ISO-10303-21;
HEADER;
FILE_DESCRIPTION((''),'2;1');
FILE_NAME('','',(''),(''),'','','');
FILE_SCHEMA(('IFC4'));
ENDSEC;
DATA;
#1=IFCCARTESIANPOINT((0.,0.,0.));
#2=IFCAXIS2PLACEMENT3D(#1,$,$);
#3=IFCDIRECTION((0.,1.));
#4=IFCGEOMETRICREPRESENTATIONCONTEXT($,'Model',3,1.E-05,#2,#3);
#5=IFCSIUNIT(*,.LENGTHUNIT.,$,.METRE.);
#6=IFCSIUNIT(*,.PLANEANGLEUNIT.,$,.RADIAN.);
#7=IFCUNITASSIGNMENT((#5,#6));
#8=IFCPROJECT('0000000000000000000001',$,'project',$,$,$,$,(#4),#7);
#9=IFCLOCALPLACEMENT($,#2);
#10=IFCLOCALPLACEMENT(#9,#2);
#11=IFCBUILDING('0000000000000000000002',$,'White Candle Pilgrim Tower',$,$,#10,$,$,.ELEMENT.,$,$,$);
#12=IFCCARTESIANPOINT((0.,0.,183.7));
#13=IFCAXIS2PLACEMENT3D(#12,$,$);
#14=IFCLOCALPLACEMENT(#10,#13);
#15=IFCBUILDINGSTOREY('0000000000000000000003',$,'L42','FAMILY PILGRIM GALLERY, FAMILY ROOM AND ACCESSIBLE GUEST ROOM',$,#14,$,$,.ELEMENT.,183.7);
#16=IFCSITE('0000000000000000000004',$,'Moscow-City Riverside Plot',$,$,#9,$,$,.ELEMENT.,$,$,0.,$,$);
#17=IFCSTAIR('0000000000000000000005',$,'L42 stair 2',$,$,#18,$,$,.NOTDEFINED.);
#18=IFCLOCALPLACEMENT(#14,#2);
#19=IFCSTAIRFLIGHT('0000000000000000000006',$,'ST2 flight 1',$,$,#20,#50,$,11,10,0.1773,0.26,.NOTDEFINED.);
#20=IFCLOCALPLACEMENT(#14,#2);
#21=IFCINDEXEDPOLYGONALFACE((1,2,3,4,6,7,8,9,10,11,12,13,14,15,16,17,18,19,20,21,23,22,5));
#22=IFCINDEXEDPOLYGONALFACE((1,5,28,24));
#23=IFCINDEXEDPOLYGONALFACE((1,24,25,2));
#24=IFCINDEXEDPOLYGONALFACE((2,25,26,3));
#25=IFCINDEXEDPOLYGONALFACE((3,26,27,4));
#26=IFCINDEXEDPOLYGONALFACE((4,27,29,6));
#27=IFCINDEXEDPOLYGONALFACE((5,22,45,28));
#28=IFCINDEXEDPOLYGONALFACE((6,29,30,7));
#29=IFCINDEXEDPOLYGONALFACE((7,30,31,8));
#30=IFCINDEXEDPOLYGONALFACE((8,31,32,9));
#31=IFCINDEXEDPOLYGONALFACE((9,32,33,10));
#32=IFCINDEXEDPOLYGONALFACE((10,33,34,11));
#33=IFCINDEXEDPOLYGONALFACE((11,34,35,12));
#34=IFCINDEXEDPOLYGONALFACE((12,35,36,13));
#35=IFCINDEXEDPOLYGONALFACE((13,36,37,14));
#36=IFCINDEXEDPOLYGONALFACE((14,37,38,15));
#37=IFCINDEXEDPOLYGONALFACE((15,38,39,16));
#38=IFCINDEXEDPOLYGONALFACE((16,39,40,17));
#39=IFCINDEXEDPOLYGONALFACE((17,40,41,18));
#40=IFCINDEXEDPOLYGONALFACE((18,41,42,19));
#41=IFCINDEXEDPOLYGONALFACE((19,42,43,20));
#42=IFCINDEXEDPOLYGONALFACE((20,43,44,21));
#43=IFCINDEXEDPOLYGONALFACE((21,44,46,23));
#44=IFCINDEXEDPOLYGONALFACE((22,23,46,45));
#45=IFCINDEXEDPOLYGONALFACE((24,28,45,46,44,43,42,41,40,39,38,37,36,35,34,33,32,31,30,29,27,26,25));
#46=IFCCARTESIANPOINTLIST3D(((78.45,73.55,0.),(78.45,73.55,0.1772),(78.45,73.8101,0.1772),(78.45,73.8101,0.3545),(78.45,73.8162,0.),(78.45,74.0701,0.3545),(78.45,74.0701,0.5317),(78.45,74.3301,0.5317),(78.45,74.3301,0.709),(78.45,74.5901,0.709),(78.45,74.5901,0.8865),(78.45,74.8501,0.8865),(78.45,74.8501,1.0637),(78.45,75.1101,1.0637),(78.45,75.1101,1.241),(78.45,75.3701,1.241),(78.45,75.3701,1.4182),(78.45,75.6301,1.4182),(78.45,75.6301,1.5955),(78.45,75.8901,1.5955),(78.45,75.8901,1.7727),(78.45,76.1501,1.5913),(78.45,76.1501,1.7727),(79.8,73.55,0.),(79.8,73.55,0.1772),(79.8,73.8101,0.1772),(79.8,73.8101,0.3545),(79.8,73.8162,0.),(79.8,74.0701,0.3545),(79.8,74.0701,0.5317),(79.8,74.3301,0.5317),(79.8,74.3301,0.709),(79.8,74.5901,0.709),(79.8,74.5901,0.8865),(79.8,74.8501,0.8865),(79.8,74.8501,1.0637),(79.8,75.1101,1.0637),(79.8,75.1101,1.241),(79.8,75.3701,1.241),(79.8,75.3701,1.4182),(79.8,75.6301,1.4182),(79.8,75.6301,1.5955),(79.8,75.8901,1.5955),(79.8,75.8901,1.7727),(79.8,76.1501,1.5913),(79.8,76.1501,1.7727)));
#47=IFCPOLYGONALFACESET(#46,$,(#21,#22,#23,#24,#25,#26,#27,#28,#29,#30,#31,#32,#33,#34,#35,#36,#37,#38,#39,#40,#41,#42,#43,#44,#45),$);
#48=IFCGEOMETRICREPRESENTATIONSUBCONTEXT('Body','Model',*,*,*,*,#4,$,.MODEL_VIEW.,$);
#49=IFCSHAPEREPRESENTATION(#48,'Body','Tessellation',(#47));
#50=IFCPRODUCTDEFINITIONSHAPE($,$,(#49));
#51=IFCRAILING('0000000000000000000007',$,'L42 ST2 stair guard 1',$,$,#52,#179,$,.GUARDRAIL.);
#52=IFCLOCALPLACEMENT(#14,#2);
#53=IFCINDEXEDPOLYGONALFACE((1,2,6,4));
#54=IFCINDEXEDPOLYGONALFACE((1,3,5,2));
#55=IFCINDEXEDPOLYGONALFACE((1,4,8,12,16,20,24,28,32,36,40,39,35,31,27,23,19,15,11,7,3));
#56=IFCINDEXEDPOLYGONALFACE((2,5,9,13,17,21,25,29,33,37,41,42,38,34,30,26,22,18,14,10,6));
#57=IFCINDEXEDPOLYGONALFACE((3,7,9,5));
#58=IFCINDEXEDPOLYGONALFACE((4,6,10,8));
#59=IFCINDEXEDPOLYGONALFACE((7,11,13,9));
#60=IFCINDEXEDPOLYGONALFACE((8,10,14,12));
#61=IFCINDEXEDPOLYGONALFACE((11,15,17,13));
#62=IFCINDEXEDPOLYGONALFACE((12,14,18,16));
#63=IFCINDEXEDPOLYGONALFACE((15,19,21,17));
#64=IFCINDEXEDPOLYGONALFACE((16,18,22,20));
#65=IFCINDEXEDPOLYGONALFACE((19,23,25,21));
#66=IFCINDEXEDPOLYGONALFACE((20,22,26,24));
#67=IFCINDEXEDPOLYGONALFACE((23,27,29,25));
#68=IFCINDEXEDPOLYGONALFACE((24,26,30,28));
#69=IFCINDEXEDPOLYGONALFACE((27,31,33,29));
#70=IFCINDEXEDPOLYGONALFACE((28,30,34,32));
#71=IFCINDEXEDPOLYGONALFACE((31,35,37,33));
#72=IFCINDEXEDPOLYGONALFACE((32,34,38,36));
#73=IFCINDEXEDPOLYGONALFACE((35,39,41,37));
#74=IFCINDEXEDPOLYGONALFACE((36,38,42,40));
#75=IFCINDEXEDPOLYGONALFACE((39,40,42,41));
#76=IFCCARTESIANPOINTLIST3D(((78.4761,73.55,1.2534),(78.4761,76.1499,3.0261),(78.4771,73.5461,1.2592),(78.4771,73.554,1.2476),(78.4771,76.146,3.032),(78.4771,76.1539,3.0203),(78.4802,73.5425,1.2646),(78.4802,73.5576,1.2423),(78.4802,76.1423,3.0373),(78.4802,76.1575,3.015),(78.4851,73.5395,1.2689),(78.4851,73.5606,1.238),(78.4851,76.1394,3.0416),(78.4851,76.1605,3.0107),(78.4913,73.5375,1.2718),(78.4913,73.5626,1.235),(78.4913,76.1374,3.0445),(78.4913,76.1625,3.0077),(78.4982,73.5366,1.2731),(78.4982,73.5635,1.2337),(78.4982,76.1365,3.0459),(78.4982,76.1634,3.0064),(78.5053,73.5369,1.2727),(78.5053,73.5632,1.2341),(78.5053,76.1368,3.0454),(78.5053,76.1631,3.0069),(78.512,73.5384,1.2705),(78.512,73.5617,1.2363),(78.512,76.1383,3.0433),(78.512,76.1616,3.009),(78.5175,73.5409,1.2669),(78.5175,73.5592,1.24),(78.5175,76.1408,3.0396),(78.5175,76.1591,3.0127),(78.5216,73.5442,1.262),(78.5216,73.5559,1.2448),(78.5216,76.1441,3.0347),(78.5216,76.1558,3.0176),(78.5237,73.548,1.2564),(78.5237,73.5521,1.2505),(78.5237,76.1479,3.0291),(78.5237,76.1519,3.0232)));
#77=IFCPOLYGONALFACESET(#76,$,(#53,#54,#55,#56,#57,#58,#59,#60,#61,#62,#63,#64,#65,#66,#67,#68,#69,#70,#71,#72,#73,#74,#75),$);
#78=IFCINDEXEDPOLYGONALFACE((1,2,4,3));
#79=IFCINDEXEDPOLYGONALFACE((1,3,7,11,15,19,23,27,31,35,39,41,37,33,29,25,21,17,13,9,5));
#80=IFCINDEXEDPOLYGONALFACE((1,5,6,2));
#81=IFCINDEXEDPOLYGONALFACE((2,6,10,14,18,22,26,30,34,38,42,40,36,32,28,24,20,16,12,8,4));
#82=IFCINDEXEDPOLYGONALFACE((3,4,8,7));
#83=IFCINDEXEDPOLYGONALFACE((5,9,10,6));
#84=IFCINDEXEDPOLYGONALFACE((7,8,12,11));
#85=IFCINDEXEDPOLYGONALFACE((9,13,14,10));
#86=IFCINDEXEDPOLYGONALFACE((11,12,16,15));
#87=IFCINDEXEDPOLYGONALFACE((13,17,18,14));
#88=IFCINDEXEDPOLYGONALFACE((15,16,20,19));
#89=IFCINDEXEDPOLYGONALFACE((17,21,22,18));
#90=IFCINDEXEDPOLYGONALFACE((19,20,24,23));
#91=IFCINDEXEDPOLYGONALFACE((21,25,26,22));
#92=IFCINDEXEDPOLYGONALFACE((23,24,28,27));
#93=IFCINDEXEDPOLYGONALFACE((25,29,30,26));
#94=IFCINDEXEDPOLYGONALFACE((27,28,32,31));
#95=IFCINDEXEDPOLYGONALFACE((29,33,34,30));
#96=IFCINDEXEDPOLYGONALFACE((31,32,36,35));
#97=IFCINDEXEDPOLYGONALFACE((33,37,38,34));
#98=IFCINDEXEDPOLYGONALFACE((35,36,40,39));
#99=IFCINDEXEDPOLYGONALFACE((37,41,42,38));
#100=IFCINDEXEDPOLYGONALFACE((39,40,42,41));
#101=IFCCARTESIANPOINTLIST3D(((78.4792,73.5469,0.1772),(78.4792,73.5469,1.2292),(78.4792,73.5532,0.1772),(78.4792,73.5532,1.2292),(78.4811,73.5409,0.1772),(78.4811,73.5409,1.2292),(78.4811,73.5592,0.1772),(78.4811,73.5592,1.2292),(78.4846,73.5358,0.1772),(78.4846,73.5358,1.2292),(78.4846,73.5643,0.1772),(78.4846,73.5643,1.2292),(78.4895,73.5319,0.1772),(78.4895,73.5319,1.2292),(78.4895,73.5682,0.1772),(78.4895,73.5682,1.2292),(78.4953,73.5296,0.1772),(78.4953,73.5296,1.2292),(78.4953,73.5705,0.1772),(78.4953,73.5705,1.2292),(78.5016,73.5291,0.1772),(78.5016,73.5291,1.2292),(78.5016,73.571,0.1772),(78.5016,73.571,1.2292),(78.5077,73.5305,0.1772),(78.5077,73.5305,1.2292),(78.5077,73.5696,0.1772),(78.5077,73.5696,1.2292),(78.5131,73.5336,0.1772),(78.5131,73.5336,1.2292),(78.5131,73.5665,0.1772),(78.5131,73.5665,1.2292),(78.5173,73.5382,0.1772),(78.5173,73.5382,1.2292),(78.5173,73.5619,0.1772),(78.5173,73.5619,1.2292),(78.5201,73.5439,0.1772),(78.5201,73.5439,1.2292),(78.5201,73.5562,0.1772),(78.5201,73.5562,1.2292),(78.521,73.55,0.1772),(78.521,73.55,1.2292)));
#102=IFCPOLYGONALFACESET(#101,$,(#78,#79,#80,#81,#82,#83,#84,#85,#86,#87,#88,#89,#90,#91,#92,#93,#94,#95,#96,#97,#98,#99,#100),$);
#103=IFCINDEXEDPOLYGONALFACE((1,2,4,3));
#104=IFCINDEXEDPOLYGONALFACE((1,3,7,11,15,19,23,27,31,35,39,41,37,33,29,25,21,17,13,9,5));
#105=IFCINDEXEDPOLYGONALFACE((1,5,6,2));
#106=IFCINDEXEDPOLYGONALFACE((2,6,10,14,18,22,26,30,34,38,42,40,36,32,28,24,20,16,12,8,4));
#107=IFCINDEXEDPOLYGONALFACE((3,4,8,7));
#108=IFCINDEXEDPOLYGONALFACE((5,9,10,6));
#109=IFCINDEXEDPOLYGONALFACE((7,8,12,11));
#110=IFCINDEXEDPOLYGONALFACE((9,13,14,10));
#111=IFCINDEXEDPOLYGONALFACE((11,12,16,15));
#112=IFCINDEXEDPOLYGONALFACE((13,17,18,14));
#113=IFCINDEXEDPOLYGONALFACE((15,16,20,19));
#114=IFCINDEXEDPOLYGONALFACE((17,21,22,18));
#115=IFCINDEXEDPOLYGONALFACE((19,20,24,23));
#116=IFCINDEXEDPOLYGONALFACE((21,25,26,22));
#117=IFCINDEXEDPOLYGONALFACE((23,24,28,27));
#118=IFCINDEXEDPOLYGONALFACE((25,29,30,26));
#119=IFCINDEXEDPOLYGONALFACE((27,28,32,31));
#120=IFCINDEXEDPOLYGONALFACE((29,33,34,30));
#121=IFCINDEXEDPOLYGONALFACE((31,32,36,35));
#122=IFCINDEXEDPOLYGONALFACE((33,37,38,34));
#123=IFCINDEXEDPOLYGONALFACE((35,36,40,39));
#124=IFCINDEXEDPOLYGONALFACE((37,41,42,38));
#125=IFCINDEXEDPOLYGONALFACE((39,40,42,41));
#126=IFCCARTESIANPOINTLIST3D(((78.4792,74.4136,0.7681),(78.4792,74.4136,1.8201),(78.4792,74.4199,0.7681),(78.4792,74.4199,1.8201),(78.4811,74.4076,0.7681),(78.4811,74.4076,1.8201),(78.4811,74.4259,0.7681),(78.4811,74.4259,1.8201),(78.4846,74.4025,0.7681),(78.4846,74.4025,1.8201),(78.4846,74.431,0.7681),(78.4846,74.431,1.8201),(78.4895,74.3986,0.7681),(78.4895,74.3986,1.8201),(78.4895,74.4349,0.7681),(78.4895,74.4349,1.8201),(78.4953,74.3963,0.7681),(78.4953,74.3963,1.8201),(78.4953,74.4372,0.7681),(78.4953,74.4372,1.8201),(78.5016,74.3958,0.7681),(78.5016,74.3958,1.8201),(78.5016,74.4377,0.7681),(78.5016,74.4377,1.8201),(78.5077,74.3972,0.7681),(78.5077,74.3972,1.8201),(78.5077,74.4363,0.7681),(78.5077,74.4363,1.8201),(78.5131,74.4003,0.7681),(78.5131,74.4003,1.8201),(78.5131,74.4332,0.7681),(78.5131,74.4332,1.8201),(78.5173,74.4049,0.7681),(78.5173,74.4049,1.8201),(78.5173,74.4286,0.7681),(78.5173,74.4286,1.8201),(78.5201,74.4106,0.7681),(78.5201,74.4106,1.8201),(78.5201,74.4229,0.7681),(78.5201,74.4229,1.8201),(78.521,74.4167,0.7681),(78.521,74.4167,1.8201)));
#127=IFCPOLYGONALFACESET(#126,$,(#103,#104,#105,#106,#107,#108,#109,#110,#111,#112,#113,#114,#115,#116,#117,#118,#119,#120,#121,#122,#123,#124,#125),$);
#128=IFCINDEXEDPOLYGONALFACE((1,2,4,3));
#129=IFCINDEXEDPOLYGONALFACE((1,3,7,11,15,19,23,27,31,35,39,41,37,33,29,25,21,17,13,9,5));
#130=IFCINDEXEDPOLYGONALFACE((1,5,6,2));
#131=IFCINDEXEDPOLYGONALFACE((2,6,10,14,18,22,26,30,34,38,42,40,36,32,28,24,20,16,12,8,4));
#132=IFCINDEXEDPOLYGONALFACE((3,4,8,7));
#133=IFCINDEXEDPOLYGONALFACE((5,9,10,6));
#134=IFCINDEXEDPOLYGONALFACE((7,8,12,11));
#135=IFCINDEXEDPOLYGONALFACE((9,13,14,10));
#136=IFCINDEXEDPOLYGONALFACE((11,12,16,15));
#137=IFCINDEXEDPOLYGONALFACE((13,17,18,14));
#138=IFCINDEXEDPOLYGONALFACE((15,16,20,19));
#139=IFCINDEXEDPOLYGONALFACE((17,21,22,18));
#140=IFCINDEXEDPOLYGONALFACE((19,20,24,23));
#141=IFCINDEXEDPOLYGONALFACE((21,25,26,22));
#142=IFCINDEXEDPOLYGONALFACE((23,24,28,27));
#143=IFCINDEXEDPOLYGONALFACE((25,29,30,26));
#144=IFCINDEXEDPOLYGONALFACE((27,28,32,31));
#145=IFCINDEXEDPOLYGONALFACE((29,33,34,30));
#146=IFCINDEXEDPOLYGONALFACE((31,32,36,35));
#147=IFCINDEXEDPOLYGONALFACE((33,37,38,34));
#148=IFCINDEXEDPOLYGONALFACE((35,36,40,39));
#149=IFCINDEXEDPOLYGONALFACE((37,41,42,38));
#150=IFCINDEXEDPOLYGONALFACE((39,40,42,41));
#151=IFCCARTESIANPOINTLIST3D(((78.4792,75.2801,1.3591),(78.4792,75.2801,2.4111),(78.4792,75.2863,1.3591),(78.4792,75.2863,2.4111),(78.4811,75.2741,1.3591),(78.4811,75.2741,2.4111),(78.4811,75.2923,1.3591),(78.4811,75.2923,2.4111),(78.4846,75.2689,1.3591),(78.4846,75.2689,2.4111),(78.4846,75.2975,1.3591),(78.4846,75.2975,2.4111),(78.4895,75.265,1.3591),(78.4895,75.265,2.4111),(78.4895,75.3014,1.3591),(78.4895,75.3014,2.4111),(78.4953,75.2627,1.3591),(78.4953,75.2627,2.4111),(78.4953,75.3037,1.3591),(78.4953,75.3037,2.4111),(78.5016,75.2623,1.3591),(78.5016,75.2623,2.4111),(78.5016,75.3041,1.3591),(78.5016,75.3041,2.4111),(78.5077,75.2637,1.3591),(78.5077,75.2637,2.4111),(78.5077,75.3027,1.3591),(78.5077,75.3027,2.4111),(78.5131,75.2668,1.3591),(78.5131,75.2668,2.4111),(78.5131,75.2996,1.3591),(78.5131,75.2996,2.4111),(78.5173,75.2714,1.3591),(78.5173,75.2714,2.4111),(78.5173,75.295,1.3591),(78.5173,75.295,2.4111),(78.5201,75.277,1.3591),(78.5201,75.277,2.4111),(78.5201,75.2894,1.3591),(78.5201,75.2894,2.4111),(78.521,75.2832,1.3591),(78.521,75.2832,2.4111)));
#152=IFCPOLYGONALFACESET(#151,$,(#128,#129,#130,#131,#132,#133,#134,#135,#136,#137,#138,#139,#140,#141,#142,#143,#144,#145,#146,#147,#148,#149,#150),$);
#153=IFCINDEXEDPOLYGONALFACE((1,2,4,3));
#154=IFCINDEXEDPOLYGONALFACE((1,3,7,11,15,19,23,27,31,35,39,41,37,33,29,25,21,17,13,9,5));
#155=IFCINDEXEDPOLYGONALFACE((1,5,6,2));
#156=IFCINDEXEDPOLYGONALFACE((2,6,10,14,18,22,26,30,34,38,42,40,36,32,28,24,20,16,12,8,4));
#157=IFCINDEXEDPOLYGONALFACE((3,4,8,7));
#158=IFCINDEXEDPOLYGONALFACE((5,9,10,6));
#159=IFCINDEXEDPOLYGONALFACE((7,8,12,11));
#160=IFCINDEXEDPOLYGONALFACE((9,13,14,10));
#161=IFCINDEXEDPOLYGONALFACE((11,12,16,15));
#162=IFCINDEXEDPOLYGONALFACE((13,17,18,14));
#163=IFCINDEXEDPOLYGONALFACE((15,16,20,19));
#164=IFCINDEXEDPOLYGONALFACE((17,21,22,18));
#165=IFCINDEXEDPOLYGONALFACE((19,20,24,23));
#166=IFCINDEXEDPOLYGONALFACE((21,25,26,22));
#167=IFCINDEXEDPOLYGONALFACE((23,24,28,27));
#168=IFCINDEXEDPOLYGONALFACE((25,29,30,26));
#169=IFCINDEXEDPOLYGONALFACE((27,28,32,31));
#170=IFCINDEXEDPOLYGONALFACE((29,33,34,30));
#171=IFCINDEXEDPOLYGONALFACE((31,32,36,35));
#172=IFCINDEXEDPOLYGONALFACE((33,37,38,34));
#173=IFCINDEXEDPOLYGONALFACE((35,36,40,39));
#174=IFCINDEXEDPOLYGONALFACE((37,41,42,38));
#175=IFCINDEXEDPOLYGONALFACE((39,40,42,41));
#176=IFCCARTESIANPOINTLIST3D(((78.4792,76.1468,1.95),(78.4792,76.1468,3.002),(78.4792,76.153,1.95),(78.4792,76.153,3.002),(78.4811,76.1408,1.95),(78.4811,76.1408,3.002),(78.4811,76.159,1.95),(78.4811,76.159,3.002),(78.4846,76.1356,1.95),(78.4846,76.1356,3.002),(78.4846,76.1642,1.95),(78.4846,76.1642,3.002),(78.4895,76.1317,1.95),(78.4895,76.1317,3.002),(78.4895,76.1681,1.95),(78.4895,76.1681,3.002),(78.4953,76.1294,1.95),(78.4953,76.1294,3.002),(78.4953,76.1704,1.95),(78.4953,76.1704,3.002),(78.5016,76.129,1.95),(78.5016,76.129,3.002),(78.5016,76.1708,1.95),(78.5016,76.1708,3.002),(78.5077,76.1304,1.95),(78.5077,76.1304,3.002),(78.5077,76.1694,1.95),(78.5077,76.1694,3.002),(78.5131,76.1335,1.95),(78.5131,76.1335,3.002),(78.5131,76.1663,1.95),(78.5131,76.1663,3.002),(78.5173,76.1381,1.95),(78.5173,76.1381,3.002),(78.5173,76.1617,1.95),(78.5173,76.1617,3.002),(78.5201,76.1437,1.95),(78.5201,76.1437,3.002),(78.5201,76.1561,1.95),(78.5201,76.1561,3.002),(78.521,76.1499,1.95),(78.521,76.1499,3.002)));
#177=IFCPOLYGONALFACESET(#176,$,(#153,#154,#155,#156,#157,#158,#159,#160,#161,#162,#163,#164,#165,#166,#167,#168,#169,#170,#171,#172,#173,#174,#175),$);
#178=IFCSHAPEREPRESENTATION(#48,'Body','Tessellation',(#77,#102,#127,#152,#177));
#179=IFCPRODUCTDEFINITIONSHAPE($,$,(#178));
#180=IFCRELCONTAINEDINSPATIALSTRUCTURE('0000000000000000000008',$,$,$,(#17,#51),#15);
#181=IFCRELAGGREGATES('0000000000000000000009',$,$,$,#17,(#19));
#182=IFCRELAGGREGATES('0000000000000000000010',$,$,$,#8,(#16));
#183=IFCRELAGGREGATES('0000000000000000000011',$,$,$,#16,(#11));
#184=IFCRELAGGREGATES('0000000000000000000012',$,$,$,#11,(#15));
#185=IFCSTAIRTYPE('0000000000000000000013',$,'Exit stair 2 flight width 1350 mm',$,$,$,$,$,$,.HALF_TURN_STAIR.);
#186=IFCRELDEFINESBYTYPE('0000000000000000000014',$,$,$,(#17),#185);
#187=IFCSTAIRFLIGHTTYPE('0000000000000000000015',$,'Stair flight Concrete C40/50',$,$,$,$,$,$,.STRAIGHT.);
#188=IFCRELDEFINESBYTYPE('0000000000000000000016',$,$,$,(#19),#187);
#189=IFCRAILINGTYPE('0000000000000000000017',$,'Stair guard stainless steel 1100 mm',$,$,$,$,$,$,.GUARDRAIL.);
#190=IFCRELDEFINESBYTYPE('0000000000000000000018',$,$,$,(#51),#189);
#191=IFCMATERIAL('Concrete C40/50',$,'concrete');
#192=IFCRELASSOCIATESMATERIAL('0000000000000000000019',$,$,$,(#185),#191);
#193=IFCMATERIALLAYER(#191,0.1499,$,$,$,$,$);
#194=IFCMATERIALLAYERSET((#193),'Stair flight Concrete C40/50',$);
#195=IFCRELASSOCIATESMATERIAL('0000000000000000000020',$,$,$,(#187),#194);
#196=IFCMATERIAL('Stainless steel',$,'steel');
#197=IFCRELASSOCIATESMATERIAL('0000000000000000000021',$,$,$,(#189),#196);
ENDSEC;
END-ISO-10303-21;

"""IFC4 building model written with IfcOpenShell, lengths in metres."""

from ifc_helpers import new_model, si_unit, direction, frame, origin, origin_2d, place, context, subcontext, project, spatial, polyline, circle, outline, extrude, material, layer, layer_set, type_object, element, aggregate, save


model = new_model("IFC4")

# Units and contexts
model_context = context("Model", 3, precision=1e-05, world=origin(), true_north=direction((0.0, 1.0)))
body_context = subcontext(model_context, "Body", "Model", "MODEL_VIEW")
ifc_project = project(units=[si_unit("LENGTHUNIT", "METRE"), si_unit("PLANEANGLEUNIT", "RADIAN")], contexts=[model_context])

# Site, building, storey
site_placement = place(None, origin())
site = spatial("IfcSite", under=ifc_project, at=site_placement, Name="Moscow-City Riverside Plot", CompositionType="ELEMENT", RefElevation=0.0)
building_placement = place(site_placement, origin())
building = spatial("IfcBuilding", under=site, at=building_placement, Name="White Candle Pilgrim Tower", CompositionType="ELEMENT")
storey_placement = place(building_placement, frame((0.0, 0.0, 183.7)))
storey = spatial("IfcBuildingStorey", under=building, at=storey_placement, Name="L42", Description="FAMILY PILGRIM GALLERY, FAMILY ROOM AND ACCESSIBLE GUEST ROOM", CompositionType="ELEMENT", Elevation=183.7)

# Stair, stair flight
ifc_material_1 = material(Name="Concrete C40/50", Category="concrete")
stair_type = type_object("IfcStairType", Name="Exit stair 2 flight width 1350 mm", PredefinedType="HALF_TURN_STAIR", material=ifc_material_1)
stair_placement = place(storey_placement, origin())
stair = element("IfcStair", 1, at=stair_placement, inside=storey, type_object=stair_type, Name="L42 stair 2", PredefinedType="NOTDEFINED")
ifc_layer_1 = layer(ifc_material_1, 0.1499)
ifc_layer_set_1 = layer_set([ifc_layer_1], Name="Stair flight Concrete C40/50")
stair_flight_type = type_object("IfcStairFlightType", Name="Stair flight Concrete C40/50", PredefinedType="STRAIGHT", material=ifc_layer_set_1)
stair_flight_placement = place(storey_placement, frame((79.125, 73.55, 0.0), z_axis=(0.0, 0.0, 1.0), x_axis=(0.0, 1.0, 0.0)))
stair_flight = element("IfcStairFlight", 2, at=stair_flight_placement, type_object=stair_flight_type, Name="ST2 flight 1", NumberOfRisers=11, NumberOfTreads=10, PredefinedType="NOTDEFINED", RiserHeight=0.1773, TreadLength=0.26, context=body_context, shape_type="SweptSolid", body=[
    extrude(outline(polyline([(0.0, 0.0), (0.0, 0.1772), (0.26, 0.1772), (0.26, 0.3545), (0.52, 0.3545), (0.52, 0.5317), (0.78, 0.5317), (0.78, 0.709), (1.04, 0.709), (1.04, 0.8865), (1.3, 0.8865), (1.3, 1.0637), (1.5601, 1.0637), (1.5601, 1.241), (1.8201, 1.241), (1.8201, 1.4182), (2.0801, 1.4182), (2.0801, 1.5955), (2.3401, 1.5955), (2.3401, 1.7727), (2.6001, 1.7727), (2.6001, 1.95), (2.6001, 1.5913), (0.2661, 0.0), (0.0, 0.0)])), frame((0.0, 0.675, 0.0), z_axis=(0.0, -1.0, 0.0), x_axis=(1.0, 0.0, 0.0)), (0.0, 0.0, 1.0), 1.3501),
])
aggregate(stair, [stair_flight])

# Railing
ifc_material_2 = material(Name="Stainless steel", Category="steel")
railing_type_1 = type_object("IfcRailingType", Name="Stair guard stainless steel 1100 mm", PredefinedType="GUARDRAIL", material=ifc_material_2)
railing_1_placement = place(storey_placement, frame((78.5, 73.55, 0.1772)))
element("IfcRailing", 3, at=railing_1_placement, inside=storey, type_object=railing_type_1, Name="L42 ST2 stair guard 1", PredefinedType="GUARDRAIL", context=body_context, shape_type="SweptSolid", body=[
    extrude(circle(Radius=0.0239, at=origin_2d()), frame((0.0, 0.0, 1.0762), z_axis=(0.0, 0.826216, 0.563354), x_axis=(-1.0, 0.0, 0.0)), (0.0, 0.0, 1.0), 3.1467),
    extrude(circle(Radius=0.021, at=origin_2d()), origin(), (0.0, 0.0, 1.0), 1.052),
    extrude(circle(Radius=0.021, at=origin_2d()), frame((0.0, 0.8667, 0.5908)), (0.0, 0.0, 1.0), 1.052),
    extrude(circle(Radius=0.021, at=origin_2d()), frame((0.0, 1.7332, 1.1819)), (0.0, 0.0, 1.0), 1.052),
    extrude(circle(Radius=0.021, at=origin_2d()), frame((0.0, 2.5999, 1.7727)), (0.0, 0.0, 1.0), 1.052),
])

save(model, "model.ifc")
